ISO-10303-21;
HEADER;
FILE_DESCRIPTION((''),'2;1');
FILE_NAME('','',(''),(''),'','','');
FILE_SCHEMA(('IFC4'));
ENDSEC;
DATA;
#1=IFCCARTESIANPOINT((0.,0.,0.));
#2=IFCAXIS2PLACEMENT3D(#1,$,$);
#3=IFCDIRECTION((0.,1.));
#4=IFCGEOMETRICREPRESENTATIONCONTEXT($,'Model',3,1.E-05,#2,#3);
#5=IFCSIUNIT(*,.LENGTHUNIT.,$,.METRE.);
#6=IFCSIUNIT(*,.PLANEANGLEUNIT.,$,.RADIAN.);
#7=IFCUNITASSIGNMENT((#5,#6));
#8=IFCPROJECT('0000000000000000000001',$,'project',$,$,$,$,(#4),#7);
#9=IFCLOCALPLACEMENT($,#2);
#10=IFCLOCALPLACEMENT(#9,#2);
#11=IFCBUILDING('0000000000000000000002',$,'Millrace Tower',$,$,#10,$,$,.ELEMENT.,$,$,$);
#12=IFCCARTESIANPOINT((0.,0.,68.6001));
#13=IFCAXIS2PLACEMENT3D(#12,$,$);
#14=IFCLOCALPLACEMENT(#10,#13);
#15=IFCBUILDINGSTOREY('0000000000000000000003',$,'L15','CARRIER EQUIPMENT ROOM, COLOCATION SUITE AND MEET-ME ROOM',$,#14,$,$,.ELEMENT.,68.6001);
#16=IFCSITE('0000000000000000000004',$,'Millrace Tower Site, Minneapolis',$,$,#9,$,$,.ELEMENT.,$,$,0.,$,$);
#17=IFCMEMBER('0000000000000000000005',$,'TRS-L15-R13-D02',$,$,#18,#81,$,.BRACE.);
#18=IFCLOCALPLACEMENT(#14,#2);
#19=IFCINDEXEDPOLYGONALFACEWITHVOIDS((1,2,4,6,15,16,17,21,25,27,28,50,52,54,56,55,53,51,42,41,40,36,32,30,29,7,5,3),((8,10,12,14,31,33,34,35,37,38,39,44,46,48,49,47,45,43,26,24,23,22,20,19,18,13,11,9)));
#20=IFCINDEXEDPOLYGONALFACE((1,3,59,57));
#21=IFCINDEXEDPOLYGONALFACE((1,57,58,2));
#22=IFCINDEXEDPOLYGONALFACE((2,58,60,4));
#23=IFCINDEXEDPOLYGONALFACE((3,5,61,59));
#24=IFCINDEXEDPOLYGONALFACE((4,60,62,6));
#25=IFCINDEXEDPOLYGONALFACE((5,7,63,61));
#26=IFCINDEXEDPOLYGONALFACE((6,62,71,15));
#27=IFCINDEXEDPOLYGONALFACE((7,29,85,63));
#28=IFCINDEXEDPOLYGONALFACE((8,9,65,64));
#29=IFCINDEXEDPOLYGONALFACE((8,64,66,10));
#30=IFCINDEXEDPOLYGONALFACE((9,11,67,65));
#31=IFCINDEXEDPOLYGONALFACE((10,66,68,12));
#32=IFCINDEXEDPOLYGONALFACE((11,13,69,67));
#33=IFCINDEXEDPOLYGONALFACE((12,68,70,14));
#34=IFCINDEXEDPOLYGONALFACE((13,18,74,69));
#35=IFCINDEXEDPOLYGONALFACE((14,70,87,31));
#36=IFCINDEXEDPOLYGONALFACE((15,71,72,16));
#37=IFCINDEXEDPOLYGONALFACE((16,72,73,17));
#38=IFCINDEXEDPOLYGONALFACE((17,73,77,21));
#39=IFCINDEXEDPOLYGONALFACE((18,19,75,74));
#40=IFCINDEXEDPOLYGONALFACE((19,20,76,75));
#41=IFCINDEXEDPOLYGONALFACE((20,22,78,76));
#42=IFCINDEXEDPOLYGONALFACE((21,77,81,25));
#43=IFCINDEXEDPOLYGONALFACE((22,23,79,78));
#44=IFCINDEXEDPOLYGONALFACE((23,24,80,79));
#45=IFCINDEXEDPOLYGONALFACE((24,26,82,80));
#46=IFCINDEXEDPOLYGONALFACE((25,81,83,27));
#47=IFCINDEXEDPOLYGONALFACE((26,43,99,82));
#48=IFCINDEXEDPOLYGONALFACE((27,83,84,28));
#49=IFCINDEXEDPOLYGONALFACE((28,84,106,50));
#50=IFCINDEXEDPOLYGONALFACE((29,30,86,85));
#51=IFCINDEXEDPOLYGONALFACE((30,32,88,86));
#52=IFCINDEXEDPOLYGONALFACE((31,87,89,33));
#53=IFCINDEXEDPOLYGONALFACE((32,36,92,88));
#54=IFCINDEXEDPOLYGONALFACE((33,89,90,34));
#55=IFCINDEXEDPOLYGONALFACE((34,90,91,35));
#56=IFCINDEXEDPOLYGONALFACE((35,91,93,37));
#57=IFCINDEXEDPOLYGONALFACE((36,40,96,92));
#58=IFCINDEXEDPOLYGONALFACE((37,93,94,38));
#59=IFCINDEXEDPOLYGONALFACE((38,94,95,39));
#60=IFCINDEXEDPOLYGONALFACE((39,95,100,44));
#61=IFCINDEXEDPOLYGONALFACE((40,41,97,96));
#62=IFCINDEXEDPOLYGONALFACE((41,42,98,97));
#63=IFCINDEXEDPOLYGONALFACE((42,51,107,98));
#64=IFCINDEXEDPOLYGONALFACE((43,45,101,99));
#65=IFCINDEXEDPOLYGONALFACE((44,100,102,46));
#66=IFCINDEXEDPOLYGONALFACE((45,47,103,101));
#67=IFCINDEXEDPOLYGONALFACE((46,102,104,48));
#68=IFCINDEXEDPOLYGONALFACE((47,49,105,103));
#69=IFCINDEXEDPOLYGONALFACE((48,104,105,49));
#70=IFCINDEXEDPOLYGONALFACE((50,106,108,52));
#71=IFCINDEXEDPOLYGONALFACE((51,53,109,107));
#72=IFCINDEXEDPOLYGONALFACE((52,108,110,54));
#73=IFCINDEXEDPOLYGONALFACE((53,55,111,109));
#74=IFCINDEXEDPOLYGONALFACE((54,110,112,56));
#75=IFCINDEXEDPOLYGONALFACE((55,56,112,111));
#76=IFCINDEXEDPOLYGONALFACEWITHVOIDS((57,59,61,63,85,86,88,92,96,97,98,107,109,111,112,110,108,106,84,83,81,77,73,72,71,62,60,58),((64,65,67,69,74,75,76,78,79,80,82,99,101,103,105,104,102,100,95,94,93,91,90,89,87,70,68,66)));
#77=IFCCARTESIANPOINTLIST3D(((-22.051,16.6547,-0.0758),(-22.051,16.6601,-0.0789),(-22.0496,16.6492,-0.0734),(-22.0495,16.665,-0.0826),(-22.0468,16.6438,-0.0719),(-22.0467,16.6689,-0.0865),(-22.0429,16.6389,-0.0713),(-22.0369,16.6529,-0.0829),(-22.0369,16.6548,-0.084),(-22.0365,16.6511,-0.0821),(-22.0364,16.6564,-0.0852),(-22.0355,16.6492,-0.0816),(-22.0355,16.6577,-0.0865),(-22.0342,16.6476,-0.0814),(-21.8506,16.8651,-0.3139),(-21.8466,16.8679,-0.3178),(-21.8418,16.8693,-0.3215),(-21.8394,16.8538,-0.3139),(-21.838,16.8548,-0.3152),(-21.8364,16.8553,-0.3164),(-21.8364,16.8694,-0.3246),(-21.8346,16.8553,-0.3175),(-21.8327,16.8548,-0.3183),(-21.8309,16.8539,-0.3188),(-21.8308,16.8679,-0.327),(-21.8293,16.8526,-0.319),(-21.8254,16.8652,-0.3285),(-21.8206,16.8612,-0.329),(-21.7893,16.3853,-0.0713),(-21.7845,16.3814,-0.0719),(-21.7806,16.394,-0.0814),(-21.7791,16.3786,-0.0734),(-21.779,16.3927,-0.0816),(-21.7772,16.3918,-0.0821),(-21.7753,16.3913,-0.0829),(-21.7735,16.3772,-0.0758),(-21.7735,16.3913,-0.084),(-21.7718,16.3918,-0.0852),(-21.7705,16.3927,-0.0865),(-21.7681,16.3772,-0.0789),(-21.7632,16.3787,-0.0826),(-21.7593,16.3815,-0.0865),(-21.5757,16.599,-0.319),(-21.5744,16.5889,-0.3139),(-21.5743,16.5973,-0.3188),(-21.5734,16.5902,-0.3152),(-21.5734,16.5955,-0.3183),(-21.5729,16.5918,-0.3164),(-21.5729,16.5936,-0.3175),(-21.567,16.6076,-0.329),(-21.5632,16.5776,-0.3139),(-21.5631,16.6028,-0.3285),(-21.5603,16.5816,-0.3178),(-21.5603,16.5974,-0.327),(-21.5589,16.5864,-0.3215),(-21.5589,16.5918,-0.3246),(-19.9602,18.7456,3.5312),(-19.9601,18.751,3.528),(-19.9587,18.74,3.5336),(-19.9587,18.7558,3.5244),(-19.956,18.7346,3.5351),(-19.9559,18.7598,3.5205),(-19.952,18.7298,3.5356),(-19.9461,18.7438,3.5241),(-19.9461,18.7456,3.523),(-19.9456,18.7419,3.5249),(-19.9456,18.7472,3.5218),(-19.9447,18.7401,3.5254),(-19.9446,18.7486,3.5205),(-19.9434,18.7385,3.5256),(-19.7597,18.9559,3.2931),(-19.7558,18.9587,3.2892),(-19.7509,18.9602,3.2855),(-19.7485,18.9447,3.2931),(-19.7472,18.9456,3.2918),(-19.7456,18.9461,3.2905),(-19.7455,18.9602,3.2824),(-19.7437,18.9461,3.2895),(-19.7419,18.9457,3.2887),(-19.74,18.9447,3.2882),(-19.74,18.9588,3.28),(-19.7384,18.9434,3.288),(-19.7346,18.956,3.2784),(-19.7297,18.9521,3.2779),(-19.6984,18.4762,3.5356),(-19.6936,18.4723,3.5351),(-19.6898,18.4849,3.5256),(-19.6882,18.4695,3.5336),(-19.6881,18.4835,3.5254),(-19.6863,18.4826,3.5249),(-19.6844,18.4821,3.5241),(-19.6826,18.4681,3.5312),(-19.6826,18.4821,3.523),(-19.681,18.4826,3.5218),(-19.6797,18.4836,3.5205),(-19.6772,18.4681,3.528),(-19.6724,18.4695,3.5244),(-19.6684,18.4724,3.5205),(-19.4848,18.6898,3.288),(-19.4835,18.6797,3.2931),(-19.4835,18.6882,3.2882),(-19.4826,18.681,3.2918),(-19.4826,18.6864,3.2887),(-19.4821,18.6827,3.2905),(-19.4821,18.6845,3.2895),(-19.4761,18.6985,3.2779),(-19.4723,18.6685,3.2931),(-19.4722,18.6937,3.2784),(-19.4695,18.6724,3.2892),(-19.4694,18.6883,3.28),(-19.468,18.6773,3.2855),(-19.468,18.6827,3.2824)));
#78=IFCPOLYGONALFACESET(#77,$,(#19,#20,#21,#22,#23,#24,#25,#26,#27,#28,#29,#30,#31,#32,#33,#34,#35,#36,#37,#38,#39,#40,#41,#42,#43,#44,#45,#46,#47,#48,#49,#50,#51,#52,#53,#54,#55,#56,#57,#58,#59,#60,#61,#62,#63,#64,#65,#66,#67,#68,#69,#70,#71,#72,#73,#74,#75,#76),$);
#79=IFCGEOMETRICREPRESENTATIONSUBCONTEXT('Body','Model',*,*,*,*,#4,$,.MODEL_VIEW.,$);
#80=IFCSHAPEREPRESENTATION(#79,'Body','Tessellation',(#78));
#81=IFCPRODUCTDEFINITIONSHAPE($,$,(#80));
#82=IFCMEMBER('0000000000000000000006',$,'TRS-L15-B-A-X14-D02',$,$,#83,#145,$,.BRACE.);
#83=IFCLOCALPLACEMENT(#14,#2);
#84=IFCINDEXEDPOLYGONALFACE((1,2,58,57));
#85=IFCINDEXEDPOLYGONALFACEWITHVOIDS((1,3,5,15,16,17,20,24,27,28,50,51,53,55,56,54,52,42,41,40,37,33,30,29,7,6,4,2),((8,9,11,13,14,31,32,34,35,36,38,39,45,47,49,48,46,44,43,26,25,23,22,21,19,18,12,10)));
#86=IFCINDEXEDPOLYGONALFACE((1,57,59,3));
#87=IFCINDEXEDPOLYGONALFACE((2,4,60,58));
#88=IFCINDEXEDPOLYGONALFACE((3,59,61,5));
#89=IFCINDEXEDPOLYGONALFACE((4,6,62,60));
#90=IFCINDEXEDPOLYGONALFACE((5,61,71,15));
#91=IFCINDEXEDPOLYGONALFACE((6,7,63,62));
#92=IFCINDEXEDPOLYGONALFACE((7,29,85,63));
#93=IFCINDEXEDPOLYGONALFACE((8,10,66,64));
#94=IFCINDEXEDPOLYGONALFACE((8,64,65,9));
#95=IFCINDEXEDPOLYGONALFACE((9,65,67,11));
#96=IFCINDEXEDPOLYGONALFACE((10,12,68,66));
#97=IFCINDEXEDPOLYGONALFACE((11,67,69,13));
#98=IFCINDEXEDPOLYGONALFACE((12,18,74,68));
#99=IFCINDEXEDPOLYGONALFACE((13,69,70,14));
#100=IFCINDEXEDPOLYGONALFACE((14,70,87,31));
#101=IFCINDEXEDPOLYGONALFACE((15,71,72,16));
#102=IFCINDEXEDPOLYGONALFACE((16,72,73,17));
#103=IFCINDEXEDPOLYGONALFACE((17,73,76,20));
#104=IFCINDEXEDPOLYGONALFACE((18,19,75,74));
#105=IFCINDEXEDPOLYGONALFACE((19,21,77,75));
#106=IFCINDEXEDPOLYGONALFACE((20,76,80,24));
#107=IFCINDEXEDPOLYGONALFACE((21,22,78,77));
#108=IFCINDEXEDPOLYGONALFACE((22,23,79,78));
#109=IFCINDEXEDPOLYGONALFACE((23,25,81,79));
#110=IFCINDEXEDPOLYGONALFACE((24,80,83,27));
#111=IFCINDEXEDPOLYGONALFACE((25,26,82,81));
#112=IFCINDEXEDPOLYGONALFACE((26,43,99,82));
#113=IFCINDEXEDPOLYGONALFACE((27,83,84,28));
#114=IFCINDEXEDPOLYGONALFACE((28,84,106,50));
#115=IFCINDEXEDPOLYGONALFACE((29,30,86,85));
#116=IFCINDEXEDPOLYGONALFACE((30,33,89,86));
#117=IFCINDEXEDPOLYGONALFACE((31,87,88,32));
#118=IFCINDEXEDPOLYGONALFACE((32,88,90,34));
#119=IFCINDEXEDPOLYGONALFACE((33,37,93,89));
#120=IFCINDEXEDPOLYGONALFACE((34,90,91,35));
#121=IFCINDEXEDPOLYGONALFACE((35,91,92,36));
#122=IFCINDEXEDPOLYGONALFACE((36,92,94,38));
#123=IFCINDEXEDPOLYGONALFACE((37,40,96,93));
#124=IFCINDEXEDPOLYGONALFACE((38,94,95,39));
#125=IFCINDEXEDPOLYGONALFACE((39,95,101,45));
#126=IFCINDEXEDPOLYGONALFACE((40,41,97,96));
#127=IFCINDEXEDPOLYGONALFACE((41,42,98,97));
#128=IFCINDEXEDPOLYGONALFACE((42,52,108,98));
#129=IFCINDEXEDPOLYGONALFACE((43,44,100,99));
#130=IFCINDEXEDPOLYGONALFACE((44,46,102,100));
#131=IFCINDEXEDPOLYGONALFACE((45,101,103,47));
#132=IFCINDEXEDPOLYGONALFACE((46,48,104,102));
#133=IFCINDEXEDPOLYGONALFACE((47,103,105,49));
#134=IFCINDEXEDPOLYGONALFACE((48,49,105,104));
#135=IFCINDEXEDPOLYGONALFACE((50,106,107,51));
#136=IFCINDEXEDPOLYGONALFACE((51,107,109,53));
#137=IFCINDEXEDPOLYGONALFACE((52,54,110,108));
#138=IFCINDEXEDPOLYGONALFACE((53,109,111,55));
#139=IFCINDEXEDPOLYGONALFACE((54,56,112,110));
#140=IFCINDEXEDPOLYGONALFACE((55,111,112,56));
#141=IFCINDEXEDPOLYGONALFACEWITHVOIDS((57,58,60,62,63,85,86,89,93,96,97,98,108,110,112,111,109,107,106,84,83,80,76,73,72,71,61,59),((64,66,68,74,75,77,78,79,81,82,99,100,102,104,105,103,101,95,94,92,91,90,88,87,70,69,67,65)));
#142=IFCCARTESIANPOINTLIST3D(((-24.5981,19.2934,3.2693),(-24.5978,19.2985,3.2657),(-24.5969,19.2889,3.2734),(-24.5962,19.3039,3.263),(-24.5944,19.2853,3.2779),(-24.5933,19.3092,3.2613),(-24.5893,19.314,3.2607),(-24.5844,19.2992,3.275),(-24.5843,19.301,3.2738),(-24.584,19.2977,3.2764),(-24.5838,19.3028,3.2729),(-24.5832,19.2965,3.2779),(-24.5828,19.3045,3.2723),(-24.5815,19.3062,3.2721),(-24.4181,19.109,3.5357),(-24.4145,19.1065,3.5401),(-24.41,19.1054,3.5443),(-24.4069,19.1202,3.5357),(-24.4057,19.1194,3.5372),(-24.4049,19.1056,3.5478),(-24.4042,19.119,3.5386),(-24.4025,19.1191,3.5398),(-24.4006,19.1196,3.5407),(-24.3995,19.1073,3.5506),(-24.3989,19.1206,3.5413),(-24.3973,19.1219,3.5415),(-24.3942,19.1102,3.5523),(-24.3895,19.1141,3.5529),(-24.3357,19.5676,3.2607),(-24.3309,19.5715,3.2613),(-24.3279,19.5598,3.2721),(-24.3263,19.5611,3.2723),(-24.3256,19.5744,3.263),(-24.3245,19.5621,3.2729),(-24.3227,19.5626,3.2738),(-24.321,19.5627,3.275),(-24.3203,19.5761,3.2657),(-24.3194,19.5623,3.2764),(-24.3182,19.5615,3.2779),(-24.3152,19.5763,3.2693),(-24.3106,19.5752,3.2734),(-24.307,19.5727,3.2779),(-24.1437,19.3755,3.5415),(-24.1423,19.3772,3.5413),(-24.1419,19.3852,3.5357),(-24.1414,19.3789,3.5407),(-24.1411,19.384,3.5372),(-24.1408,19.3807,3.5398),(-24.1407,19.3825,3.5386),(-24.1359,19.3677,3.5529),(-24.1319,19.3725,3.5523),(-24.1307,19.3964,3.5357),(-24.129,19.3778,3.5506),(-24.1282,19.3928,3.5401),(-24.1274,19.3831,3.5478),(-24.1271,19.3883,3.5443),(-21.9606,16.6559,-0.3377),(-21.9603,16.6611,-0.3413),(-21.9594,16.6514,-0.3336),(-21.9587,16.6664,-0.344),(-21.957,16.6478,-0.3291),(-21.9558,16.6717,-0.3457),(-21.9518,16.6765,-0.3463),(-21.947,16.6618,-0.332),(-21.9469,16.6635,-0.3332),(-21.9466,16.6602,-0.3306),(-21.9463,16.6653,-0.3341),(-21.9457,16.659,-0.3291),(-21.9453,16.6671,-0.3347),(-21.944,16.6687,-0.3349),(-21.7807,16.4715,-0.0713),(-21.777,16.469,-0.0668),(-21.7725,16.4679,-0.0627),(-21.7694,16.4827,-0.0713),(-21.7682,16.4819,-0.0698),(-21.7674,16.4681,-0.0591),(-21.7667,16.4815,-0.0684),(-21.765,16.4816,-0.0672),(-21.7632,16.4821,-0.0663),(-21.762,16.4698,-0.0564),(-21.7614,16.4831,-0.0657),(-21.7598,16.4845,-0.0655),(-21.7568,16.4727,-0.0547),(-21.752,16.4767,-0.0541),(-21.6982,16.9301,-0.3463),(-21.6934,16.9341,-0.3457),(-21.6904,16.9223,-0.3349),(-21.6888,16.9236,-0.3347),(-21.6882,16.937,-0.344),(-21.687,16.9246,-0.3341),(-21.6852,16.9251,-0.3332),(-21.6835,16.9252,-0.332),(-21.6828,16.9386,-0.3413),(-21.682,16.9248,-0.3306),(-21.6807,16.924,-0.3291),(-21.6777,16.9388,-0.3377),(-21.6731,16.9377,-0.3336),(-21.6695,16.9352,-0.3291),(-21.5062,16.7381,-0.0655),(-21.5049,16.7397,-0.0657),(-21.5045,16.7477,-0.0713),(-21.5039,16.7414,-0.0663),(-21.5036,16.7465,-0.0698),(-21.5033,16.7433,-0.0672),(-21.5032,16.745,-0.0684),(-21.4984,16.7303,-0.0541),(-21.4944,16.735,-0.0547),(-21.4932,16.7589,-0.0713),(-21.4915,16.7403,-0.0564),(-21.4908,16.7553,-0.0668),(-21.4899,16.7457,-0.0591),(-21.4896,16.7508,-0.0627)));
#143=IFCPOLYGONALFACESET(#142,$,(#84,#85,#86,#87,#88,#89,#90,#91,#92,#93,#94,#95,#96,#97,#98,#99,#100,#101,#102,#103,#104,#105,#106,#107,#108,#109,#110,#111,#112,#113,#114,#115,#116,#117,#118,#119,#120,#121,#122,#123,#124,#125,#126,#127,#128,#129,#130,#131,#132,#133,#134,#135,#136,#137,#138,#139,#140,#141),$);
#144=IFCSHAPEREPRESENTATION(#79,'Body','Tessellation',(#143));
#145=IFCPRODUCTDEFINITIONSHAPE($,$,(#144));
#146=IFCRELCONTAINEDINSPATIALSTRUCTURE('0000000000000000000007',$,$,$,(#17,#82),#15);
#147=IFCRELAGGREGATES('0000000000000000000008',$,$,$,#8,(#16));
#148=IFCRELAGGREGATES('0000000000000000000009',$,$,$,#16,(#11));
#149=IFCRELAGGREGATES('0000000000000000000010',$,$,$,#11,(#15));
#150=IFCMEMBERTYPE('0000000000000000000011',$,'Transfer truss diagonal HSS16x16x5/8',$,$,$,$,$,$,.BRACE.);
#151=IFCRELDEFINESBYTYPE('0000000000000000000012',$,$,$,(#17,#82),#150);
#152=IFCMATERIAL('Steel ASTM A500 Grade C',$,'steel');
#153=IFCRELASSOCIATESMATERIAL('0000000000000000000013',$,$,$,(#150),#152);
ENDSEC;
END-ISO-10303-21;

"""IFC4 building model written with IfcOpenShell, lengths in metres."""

from ifc_helpers import new_model, si_unit, direction, frame, origin, origin_2d, place, context, subcontext, project, spatial, hollow_rectangle, extrude, material, material_profile, profile_set, type_object, element, save


model = new_model("IFC4")

# Units and contexts
model_context = context("Model", 3, precision=1e-05, world=origin(), true_north=direction((0.0, 1.0)))
body_context = subcontext(model_context, "Body", "Model", "MODEL_VIEW")
ifc_project = project(units=[si_unit("LENGTHUNIT", "METRE"), si_unit("PLANEANGLEUNIT", "RADIAN")], contexts=[model_context])

# Site, building, storey
site_placement = place(None, origin())
site = spatial("IfcSite", under=ifc_project, at=site_placement, Name="Millrace Tower Site, Minneapolis", CompositionType="ELEMENT", RefElevation=0.0)
building_placement = place(site_placement, origin())
building = spatial("IfcBuilding", under=site, at=building_placement, Name="Millrace Tower", CompositionType="ELEMENT")
storey_placement = place(building_placement, frame((0.0, 0.0, 68.6001)))
storey = spatial("IfcBuildingStorey", under=building, at=storey_placement, Name="L15", Description="CARRIER EQUIPMENT ROOM, COLOCATION SUITE AND MEET-ME ROOM", CompositionType="ELEMENT", Elevation=68.6001)

# Members
ifc_material_1 = material(Name="Steel ASTM A500 Grade C", Category="steel")
ifc_material_profile_1 = material_profile(ifc_material_1, hollow_rectangle(XDim=0.4065, YDim=0.4065, WallThickness=0.0159, InnerFilletRadius=0.0081, OuterFilletRadius=0.0239, at=origin_2d()))
ifc_profile_set_1 = profile_set([ifc_material_profile_1], Name="Steel ASTM A500 Grade C")
member_type_1 = type_object("IfcMemberType", Name="Transfer truss diagonal HSS16x16x5/8", PredefinedType="BRACE", material=ifc_profile_set_1)
member_1_placement = place(storey_placement, frame((-21.8049, 16.6233, -0.2002), z_axis=(0.448288, 0.448288, 0.773354), x_axis=(-0.707107, 0.707107, 0.0)))
element("IfcMember", 1, at=member_1_placement, inside=storey, type_object=member_type_1, Name="TRS-L15-R13-D02", PredefinedType="BRACE", context=body_context, shape_type="SweptSolid", body=[
    extrude(hollow_rectangle(XDim=0.4065, YDim=0.4065, WallThickness=0.0159, InnerFilletRadius=0.0081, OuterFilletRadius=0.0239, at=origin_2d()), origin(), (0.0, 0.0, 1.0), 4.6641),
])
member_2_placement = place(storey_placement, frame((-21.7251, 16.7034, -0.2002), z_axis=(-0.50831, 0.50831, 0.695156), x_axis=(-0.707107, -0.707107, 0.0)))
element("IfcMember", 2, at=member_2_placement, inside=storey, type_object=member_type_1, Name="TRS-L15-B-A-X14-D02", PredefinedType="BRACE", context=body_context, shape_type="SweptSolid", body=[
    extrude(hollow_rectangle(XDim=0.4065, YDim=0.4065, WallThickness=0.0159, InnerFilletRadius=0.0081, OuterFilletRadius=0.0239, at=origin_2d()), origin(), (0.0, 0.0, 1.0), 5.1887),
])

save(model, "model.ifc")
